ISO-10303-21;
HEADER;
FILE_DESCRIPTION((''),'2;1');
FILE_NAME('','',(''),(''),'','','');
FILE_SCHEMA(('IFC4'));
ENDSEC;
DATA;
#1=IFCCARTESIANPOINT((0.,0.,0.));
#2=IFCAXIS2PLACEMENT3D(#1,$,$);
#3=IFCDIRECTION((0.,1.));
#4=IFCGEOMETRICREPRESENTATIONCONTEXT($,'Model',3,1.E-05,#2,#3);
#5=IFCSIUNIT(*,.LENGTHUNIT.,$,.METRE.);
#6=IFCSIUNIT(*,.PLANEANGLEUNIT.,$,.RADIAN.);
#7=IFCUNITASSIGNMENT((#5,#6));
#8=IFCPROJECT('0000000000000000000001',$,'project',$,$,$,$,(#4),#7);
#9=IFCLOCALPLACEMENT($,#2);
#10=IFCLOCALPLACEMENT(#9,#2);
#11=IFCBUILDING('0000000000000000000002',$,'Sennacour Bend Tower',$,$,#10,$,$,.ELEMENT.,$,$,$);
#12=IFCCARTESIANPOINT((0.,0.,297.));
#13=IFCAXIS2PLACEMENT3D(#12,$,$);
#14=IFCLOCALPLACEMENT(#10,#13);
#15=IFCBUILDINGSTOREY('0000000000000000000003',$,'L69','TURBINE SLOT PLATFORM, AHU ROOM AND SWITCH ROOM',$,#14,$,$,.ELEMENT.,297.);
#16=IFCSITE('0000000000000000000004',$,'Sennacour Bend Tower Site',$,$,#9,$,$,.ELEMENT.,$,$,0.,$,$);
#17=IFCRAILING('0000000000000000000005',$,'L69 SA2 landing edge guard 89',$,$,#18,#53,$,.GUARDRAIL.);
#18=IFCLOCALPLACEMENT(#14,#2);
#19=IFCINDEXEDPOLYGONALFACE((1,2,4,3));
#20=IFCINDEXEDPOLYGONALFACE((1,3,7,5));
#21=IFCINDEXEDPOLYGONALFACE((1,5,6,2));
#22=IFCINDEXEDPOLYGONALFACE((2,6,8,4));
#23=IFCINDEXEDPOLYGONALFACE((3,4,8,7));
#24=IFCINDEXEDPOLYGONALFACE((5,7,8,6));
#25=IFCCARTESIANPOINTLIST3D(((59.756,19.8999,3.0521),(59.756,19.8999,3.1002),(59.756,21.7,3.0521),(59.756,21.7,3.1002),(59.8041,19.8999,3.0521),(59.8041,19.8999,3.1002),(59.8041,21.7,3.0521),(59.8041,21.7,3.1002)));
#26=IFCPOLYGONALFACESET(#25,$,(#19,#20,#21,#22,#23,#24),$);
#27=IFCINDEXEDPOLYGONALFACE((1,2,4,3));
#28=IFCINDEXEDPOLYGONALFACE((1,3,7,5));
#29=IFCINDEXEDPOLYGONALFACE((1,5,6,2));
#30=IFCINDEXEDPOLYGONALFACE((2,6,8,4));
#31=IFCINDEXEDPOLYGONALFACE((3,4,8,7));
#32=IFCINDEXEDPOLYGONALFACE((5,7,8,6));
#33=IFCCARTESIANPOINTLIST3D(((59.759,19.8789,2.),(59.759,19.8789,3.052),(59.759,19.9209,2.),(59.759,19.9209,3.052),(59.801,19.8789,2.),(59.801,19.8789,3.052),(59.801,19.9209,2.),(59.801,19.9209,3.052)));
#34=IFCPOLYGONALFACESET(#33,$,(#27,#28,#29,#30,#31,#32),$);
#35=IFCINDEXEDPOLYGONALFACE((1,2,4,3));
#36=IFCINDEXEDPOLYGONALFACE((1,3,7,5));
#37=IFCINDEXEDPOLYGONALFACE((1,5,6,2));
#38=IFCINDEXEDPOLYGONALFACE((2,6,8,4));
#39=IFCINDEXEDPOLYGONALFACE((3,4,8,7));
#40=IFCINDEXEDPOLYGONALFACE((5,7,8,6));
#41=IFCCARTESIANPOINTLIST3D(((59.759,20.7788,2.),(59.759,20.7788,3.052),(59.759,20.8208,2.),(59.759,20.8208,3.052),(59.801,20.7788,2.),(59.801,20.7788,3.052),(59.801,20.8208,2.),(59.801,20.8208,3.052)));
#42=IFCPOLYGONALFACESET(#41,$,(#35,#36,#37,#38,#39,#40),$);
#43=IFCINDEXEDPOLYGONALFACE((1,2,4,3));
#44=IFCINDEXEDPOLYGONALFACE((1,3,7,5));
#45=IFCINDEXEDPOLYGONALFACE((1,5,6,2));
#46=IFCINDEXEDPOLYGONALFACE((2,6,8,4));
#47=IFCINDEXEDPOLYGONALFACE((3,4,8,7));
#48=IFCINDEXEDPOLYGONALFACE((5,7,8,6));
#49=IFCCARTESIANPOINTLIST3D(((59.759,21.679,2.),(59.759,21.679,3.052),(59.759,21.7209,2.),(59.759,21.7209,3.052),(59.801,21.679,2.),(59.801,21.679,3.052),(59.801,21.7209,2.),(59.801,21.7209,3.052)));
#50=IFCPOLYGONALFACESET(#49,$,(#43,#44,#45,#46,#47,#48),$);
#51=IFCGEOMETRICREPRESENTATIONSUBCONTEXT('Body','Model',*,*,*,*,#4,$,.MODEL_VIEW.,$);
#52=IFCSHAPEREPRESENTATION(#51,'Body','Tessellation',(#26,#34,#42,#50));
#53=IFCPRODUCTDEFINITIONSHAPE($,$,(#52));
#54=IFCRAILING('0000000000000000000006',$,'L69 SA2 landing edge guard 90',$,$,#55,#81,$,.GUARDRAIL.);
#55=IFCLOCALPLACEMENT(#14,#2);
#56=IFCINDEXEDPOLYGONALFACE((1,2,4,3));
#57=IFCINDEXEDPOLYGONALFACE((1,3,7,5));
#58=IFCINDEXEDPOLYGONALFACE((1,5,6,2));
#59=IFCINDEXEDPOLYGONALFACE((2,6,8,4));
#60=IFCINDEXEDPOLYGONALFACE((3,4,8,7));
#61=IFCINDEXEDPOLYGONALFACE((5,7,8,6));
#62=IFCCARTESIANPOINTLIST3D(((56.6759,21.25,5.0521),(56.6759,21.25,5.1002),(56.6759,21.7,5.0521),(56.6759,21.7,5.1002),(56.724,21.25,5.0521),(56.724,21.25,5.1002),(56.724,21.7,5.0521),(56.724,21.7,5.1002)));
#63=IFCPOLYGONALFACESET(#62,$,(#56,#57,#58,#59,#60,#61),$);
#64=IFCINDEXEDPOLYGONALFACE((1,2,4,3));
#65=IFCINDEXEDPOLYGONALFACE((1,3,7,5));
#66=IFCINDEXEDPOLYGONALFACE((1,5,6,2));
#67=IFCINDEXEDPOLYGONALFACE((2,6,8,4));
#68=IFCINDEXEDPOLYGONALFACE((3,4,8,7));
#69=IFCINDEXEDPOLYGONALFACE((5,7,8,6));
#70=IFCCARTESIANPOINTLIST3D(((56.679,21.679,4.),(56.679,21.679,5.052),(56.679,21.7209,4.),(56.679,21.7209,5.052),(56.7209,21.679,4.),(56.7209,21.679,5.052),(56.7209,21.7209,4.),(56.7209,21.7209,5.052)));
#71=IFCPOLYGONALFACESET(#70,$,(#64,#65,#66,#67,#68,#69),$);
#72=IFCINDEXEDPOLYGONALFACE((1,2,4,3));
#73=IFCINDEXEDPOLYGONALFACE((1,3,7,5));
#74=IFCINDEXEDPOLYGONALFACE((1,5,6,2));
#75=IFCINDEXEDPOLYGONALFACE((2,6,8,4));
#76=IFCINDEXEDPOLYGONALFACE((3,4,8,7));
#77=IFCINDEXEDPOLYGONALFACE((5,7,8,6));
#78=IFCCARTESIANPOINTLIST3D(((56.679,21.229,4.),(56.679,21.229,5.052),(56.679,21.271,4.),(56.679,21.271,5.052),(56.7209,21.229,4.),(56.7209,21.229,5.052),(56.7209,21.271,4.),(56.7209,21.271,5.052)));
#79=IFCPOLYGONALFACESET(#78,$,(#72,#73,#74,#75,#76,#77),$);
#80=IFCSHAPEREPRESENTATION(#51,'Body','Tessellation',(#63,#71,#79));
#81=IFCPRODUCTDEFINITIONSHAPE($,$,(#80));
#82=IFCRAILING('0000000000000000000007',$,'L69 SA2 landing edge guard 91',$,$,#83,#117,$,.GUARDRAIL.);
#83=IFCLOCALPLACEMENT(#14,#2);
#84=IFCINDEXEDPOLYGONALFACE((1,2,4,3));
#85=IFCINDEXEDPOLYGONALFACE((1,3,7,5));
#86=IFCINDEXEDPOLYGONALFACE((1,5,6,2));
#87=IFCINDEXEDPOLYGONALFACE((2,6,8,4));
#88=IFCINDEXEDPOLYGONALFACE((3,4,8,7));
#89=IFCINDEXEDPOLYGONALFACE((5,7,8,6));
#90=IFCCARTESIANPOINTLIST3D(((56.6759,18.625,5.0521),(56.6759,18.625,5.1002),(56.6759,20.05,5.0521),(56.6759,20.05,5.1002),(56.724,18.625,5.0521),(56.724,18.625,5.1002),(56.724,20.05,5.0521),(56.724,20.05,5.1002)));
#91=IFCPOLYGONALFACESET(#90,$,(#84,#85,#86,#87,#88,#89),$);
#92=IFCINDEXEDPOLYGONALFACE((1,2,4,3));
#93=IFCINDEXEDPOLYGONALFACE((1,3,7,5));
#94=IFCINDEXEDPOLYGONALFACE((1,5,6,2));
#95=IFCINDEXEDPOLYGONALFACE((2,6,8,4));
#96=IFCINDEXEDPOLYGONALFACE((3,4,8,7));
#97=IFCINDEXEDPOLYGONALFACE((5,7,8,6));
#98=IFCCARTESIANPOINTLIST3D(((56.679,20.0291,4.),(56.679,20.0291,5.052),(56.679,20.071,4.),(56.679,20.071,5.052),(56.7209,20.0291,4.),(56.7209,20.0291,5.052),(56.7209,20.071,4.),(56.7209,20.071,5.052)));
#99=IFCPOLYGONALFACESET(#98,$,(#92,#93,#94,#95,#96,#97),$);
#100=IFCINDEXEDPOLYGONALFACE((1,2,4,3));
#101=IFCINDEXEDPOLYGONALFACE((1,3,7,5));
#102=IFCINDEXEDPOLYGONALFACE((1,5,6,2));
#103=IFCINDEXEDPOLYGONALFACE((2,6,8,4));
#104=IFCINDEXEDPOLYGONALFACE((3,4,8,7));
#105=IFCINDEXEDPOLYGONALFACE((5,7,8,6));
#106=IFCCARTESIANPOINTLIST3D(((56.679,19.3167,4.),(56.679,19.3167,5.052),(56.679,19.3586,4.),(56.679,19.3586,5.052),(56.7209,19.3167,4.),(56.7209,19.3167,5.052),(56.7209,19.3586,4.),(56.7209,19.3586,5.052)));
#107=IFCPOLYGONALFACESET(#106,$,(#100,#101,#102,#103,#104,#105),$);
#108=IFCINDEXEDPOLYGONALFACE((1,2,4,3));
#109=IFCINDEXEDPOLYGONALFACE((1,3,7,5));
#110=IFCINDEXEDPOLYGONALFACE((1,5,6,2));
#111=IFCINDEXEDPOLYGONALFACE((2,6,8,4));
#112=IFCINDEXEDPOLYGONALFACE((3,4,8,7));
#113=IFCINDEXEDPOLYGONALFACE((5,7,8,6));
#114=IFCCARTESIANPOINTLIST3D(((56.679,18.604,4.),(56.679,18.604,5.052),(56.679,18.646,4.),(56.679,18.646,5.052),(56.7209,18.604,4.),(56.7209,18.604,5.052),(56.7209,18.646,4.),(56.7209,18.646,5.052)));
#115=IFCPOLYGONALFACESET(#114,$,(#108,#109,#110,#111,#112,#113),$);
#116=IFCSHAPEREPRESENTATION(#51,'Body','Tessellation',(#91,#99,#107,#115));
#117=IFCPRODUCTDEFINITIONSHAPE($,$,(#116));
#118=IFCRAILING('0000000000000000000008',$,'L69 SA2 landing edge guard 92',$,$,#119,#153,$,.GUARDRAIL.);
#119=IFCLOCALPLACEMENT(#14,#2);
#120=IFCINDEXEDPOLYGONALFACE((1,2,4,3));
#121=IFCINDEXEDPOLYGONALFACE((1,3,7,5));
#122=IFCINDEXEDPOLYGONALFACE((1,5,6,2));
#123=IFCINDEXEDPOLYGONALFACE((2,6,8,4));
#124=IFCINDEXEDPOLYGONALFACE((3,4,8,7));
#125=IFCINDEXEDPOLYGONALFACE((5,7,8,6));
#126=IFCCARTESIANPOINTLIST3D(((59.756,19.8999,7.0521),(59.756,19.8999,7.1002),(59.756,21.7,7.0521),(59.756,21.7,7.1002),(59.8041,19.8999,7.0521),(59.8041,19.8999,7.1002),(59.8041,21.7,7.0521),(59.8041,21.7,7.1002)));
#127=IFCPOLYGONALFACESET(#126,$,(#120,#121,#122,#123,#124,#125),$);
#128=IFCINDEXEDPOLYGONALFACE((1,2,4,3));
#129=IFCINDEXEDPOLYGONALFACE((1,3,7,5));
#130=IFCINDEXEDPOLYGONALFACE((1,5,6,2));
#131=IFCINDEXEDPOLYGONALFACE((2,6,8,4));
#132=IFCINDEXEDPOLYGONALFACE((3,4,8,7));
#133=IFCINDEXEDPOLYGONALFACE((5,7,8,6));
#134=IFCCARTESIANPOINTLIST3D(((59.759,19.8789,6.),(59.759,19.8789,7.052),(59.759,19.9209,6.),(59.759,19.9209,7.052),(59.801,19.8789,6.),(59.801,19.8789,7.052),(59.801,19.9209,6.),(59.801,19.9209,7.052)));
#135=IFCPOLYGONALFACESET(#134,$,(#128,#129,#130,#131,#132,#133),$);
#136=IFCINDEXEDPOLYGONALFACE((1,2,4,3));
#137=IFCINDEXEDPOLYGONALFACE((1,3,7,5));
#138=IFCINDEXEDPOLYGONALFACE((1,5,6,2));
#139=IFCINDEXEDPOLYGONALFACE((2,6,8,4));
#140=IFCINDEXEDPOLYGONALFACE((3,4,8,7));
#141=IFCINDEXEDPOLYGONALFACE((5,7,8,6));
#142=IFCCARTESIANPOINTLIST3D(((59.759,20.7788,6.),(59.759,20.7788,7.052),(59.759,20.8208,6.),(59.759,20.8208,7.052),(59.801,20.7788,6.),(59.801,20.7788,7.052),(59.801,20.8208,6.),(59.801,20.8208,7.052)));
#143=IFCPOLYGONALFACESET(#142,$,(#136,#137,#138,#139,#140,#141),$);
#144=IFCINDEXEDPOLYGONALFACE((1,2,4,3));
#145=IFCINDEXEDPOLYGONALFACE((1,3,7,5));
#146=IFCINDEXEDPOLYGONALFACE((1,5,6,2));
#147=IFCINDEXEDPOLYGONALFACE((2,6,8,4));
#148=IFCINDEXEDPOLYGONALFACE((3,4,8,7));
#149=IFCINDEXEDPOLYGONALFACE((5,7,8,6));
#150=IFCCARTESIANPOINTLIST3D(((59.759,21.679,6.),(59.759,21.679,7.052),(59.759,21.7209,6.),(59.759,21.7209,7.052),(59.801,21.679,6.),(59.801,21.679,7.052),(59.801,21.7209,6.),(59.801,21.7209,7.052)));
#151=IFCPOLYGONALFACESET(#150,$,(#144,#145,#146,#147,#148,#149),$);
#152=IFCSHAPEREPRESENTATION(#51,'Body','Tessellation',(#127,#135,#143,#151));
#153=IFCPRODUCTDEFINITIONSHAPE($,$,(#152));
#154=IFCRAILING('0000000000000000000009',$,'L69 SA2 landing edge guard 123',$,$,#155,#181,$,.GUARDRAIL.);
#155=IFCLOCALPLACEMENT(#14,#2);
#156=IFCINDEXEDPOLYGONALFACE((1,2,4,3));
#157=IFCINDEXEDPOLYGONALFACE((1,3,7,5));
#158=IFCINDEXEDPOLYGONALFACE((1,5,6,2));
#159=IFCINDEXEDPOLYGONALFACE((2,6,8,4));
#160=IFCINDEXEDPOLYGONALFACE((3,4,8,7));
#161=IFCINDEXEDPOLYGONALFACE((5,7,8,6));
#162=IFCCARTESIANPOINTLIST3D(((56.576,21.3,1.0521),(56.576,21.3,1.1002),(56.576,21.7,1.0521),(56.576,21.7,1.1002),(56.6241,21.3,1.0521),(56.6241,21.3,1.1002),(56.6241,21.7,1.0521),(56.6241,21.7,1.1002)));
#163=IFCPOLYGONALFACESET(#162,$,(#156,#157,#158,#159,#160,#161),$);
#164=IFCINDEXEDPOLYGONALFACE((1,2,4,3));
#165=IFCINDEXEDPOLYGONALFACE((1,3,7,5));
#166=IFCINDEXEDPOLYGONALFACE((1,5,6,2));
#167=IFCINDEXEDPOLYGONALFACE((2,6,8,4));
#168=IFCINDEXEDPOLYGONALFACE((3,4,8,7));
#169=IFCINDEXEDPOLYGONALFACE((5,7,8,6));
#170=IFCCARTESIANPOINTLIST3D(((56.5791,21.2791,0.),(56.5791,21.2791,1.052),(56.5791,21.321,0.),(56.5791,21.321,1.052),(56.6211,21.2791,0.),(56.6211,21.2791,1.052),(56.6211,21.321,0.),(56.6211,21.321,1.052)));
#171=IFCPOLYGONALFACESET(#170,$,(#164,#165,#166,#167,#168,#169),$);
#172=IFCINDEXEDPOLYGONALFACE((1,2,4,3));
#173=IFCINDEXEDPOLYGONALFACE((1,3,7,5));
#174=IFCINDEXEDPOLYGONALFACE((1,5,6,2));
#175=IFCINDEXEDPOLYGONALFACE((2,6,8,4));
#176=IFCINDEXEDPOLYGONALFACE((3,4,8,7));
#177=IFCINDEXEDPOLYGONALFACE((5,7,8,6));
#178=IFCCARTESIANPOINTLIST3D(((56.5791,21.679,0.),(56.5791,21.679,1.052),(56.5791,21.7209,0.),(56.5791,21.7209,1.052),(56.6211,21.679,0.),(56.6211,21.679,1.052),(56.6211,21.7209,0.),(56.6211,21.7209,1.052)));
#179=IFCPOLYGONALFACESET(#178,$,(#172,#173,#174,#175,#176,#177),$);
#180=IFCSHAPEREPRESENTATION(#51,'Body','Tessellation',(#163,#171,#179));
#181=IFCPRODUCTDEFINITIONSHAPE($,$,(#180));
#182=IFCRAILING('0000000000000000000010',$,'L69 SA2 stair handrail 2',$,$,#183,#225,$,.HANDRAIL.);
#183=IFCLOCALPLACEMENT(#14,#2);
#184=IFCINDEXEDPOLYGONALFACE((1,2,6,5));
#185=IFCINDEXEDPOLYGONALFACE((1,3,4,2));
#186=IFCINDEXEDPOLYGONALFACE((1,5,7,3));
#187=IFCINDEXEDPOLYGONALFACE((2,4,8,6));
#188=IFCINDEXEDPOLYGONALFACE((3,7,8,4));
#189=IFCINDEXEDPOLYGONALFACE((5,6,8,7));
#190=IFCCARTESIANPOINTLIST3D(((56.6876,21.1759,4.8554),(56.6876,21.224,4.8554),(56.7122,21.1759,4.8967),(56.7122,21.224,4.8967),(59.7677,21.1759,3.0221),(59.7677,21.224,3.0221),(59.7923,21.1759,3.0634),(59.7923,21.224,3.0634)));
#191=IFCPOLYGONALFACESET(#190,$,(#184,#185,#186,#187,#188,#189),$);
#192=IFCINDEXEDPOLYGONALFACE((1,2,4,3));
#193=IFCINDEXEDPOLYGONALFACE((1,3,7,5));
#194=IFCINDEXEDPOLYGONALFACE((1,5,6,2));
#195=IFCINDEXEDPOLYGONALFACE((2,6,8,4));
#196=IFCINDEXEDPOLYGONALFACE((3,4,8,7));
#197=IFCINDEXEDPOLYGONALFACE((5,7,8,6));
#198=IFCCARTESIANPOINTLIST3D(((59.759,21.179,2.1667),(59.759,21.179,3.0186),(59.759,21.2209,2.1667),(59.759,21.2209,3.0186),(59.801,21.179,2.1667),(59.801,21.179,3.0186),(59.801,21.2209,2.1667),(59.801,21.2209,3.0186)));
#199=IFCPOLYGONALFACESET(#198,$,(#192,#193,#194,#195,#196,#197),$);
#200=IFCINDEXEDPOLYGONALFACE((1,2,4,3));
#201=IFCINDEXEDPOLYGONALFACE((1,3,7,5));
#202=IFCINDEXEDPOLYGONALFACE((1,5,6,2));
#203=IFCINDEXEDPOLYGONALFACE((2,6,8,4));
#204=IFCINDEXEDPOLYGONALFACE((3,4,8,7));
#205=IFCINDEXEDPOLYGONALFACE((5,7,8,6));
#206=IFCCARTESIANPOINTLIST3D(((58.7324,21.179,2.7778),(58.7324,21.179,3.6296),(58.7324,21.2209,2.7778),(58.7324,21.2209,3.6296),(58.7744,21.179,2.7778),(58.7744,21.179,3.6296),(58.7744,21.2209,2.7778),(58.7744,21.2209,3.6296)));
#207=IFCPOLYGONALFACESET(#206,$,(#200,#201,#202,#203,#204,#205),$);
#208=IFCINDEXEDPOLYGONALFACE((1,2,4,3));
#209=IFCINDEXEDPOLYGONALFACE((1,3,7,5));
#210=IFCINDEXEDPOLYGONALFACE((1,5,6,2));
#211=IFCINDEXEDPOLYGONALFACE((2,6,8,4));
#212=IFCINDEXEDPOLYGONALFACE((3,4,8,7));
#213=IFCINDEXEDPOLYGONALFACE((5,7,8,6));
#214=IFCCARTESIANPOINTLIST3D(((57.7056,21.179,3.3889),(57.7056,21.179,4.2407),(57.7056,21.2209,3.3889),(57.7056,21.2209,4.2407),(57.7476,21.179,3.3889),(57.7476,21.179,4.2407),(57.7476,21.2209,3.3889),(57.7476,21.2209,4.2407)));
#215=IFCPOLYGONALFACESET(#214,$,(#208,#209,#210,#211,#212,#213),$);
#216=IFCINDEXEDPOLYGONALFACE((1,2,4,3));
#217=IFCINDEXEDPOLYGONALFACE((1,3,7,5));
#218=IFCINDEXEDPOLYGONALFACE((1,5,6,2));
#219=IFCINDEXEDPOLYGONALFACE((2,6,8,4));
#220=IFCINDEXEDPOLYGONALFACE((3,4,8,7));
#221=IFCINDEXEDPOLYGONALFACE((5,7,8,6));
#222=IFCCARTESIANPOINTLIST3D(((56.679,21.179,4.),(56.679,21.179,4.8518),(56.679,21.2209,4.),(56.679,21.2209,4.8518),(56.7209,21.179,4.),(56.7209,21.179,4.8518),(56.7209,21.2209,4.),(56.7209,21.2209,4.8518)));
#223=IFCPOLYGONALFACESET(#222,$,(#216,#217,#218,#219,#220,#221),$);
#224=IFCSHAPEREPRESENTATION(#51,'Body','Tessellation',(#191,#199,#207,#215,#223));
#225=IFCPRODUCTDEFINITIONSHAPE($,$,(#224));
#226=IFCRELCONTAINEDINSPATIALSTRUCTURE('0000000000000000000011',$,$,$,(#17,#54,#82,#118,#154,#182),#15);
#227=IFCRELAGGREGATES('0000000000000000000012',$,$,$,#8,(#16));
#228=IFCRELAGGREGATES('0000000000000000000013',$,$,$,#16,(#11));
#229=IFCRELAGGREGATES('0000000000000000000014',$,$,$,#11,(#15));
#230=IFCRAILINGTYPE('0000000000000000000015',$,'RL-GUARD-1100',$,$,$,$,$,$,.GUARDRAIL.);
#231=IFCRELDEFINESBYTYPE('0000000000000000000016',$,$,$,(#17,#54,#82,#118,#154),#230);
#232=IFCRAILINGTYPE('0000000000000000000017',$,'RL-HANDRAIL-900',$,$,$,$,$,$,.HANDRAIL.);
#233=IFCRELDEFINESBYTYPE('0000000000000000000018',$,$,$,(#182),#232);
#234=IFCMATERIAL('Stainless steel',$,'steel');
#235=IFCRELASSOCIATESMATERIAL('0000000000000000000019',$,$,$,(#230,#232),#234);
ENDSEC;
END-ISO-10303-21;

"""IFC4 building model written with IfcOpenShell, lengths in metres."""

from ifc_helpers import new_model, si_unit, direction, frame, origin, origin_2d, place, context, subcontext, project, spatial, rectangle, extrude, material, type_object, element, save


model = new_model("IFC4")

# Units and contexts
model_context = context("Model", 3, precision=1e-05, world=origin(), true_north=direction((0.0, 1.0)))
body_context = subcontext(model_context, "Body", "Model", "MODEL_VIEW")
ifc_project = project(units=[si_unit("LENGTHUNIT", "METRE"), si_unit("PLANEANGLEUNIT", "RADIAN")], contexts=[model_context])

# Site, building, storey
site_placement = place(None, origin())
site = spatial("IfcSite", under=ifc_project, at=site_placement, Name="Sennacour Bend Tower Site", CompositionType="ELEMENT", RefElevation=0.0)
building_placement = place(site_placement, origin())
building = spatial("IfcBuilding", under=site, at=building_placement, Name="Sennacour Bend Tower", CompositionType="ELEMENT")
storey_placement = place(building_placement, frame((0.0, 0.0, 297.0)))
storey = spatial("IfcBuildingStorey", under=building, at=storey_placement, Name="L69", Description="TURBINE SLOT PLATFORM, AHU ROOM AND SWITCH ROOM", CompositionType="ELEMENT", Elevation=297.0)

# Railings
ifc_material_1 = material(Name="Stainless steel", Category="steel")
railing_type_1 = type_object("IfcRailingType", Name="RL-GUARD-1100", PredefinedType="GUARDRAIL", material=ifc_material_1)
railing_1_placement = place(storey_placement, frame((59.78, 19.8999, 2.0)))
element("IfcRailing", 1, at=railing_1_placement, inside=storey, type_object=railing_type_1, Name="L69 SA2 landing edge guard 89", PredefinedType="GUARDRAIL", context=body_context, shape_type="SweptSolid", body=[
    extrude(rectangle(XDim=0.0481, YDim=0.0481, at=origin_2d()), frame((0.0, 0.0, 1.0762), z_axis=(0.0, 1.0, 0.0), x_axis=(-1.0, 0.0, 0.0)), (0.0, 0.0, 1.0), 1.8),
    extrude(rectangle(XDim=0.042, YDim=0.042, at=origin_2d()), origin(), (0.0, 0.0, 1.0), 1.052),
    extrude(rectangle(XDim=0.042, YDim=0.042, at=origin_2d()), frame((0.0, 0.8999, 0.0)), (0.0, 0.0, 1.0), 1.052),
    extrude(rectangle(XDim=0.042, YDim=0.042, at=origin_2d()), frame((0.0, 1.8, 0.0)), (0.0, 0.0, 1.0), 1.052),
])
railing_2_placement = place(storey_placement, frame((56.7, 21.7, 4.0)))
element("IfcRailing", 2, at=railing_2_placement, inside=storey, type_object=railing_type_1, Name="L69 SA2 landing edge guard 90", PredefinedType="GUARDRAIL", context=body_context, shape_type="SweptSolid", body=[
    extrude(rectangle(XDim=0.0481, YDim=0.0481, at=origin_2d()), frame((0.0, 0.0, 1.0762), z_axis=(0.0, -1.0, 0.0), x_axis=(1.0, 0.0, 0.0)), (0.0, 0.0, 1.0), 0.45),
    extrude(rectangle(XDim=0.042, YDim=0.042, at=origin_2d()), origin(), (0.0, 0.0, 1.0), 1.052),
    extrude(rectangle(XDim=0.042, YDim=0.042, at=origin_2d()), frame((0.0, -0.45, 0.0)), (0.0, 0.0, 1.0), 1.052),
])
railing_3_placement = place(storey_placement, frame((56.7, 20.05, 4.0)))
element("IfcRailing", 3, at=railing_3_placement, inside=storey, type_object=railing_type_1, Name="L69 SA2 landing edge guard 91", PredefinedType="GUARDRAIL", context=body_context, shape_type="SweptSolid", body=[
    extrude(rectangle(XDim=0.0481, YDim=0.0481, at=origin_2d()), frame((0.0, 0.0, 1.0762), z_axis=(0.0, -1.0, 0.0), x_axis=(1.0, 0.0, 0.0)), (0.0, 0.0, 1.0), 1.425),
    extrude(rectangle(XDim=0.042, YDim=0.042, at=origin_2d()), origin(), (0.0, 0.0, 1.0), 1.052),
    extrude(rectangle(XDim=0.042, YDim=0.042, at=origin_2d()), frame((0.0, -0.7124, 0.0)), (0.0, 0.0, 1.0), 1.052),
    extrude(rectangle(XDim=0.042, YDim=0.042, at=origin_2d()), frame((0.0, -1.425, 0.0)), (0.0, 0.0, 1.0), 1.052),
])
railing_4_placement = place(storey_placement, frame((59.78, 19.8999, 6.0)))
element("IfcRailing", 4, at=railing_4_placement, inside=storey, type_object=railing_type_1, Name="L69 SA2 landing edge guard 92", PredefinedType="GUARDRAIL", context=body_context, shape_type="SweptSolid", body=[
    extrude(rectangle(XDim=0.0481, YDim=0.0481, at=origin_2d()), frame((0.0, 0.0, 1.0762), z_axis=(0.0, 1.0, 0.0), x_axis=(-1.0, 0.0, 0.0)), (0.0, 0.0, 1.0), 1.8),
    extrude(rectangle(XDim=0.042, YDim=0.042, at=origin_2d()), origin(), (0.0, 0.0, 1.0), 1.052),
    extrude(rectangle(XDim=0.042, YDim=0.042, at=origin_2d()), frame((0.0, 0.8999, 0.0)), (0.0, 0.0, 1.0), 1.052),
    extrude(rectangle(XDim=0.042, YDim=0.042, at=origin_2d()), frame((0.0, 1.8, 0.0)), (0.0, 0.0, 1.0), 1.052),
])
railing_5_placement = place(storey_placement, frame((56.6001, 21.3, 0.0)))
element("IfcRailing", 5, at=railing_5_placement, inside=storey, type_object=railing_type_1, Name="L69 SA2 landing edge guard 123", PredefinedType="GUARDRAIL", context=body_context, shape_type="SweptSolid", body=[
    extrude(rectangle(XDim=0.0481, YDim=0.0481, at=origin_2d()), frame((0.0, 0.0, 1.0762), z_axis=(0.0, 1.0, 0.0), x_axis=(-1.0, 0.0, 0.0)), (0.0, 0.0, 1.0), 0.3999),
    extrude(rectangle(XDim=0.042, YDim=0.042, at=origin_2d()), origin(), (0.0, 0.0, 1.0), 1.052),
    extrude(rectangle(XDim=0.042, YDim=0.042, at=origin_2d()), frame((0.0, 0.3999, 0.0)), (0.0, 0.0, 1.0), 1.052),
])
railing_type_2 = type_object("IfcRailingType", Name="RL-HANDRAIL-900", PredefinedType="HANDRAIL", material=ifc_material_1)
for number, where, name in (
    (6, (59.78, 21.2, 2.1667), "L69 SA2 stair handrail 2"),
):
    element("IfcRailing", number, at=place(storey_placement, frame(where)), inside=storey, type_object=railing_type_2, Name=name, PredefinedType="HANDRAIL", context=body_context, shape_type="SweptSolid", body=[
        extrude(rectangle(XDim=0.0481, YDim=0.0481, at=origin_2d()), frame((0.0, 0.0, 0.876), z_axis=(-0.859309, 0.0, 0.511458), x_axis=(0.0, -1.0, 0.0)), (0.0, 0.0, 1.0), 3.5845),
        extrude(rectangle(XDim=0.042, YDim=0.042, at=origin_2d()), origin(), (0.0, 0.0, 1.0), 0.8518),
        extrude(rectangle(XDim=0.042, YDim=0.042, at=origin_2d()), frame((-1.0266, 0.0, 0.6111)), (0.0, 0.0, 1.0), 0.8518),
        extrude(rectangle(XDim=0.042, YDim=0.042, at=origin_2d()), frame((-2.0535, 0.0, 1.2222)), (0.0, 0.0, 1.0), 0.8518),
        extrude(rectangle(XDim=0.042, YDim=0.042, at=origin_2d()), frame((-3.0801, 0.0, 1.8333)), (0.0, 0.0, 1.0), 0.8518),
    ])

save(model, "model.ifc")
